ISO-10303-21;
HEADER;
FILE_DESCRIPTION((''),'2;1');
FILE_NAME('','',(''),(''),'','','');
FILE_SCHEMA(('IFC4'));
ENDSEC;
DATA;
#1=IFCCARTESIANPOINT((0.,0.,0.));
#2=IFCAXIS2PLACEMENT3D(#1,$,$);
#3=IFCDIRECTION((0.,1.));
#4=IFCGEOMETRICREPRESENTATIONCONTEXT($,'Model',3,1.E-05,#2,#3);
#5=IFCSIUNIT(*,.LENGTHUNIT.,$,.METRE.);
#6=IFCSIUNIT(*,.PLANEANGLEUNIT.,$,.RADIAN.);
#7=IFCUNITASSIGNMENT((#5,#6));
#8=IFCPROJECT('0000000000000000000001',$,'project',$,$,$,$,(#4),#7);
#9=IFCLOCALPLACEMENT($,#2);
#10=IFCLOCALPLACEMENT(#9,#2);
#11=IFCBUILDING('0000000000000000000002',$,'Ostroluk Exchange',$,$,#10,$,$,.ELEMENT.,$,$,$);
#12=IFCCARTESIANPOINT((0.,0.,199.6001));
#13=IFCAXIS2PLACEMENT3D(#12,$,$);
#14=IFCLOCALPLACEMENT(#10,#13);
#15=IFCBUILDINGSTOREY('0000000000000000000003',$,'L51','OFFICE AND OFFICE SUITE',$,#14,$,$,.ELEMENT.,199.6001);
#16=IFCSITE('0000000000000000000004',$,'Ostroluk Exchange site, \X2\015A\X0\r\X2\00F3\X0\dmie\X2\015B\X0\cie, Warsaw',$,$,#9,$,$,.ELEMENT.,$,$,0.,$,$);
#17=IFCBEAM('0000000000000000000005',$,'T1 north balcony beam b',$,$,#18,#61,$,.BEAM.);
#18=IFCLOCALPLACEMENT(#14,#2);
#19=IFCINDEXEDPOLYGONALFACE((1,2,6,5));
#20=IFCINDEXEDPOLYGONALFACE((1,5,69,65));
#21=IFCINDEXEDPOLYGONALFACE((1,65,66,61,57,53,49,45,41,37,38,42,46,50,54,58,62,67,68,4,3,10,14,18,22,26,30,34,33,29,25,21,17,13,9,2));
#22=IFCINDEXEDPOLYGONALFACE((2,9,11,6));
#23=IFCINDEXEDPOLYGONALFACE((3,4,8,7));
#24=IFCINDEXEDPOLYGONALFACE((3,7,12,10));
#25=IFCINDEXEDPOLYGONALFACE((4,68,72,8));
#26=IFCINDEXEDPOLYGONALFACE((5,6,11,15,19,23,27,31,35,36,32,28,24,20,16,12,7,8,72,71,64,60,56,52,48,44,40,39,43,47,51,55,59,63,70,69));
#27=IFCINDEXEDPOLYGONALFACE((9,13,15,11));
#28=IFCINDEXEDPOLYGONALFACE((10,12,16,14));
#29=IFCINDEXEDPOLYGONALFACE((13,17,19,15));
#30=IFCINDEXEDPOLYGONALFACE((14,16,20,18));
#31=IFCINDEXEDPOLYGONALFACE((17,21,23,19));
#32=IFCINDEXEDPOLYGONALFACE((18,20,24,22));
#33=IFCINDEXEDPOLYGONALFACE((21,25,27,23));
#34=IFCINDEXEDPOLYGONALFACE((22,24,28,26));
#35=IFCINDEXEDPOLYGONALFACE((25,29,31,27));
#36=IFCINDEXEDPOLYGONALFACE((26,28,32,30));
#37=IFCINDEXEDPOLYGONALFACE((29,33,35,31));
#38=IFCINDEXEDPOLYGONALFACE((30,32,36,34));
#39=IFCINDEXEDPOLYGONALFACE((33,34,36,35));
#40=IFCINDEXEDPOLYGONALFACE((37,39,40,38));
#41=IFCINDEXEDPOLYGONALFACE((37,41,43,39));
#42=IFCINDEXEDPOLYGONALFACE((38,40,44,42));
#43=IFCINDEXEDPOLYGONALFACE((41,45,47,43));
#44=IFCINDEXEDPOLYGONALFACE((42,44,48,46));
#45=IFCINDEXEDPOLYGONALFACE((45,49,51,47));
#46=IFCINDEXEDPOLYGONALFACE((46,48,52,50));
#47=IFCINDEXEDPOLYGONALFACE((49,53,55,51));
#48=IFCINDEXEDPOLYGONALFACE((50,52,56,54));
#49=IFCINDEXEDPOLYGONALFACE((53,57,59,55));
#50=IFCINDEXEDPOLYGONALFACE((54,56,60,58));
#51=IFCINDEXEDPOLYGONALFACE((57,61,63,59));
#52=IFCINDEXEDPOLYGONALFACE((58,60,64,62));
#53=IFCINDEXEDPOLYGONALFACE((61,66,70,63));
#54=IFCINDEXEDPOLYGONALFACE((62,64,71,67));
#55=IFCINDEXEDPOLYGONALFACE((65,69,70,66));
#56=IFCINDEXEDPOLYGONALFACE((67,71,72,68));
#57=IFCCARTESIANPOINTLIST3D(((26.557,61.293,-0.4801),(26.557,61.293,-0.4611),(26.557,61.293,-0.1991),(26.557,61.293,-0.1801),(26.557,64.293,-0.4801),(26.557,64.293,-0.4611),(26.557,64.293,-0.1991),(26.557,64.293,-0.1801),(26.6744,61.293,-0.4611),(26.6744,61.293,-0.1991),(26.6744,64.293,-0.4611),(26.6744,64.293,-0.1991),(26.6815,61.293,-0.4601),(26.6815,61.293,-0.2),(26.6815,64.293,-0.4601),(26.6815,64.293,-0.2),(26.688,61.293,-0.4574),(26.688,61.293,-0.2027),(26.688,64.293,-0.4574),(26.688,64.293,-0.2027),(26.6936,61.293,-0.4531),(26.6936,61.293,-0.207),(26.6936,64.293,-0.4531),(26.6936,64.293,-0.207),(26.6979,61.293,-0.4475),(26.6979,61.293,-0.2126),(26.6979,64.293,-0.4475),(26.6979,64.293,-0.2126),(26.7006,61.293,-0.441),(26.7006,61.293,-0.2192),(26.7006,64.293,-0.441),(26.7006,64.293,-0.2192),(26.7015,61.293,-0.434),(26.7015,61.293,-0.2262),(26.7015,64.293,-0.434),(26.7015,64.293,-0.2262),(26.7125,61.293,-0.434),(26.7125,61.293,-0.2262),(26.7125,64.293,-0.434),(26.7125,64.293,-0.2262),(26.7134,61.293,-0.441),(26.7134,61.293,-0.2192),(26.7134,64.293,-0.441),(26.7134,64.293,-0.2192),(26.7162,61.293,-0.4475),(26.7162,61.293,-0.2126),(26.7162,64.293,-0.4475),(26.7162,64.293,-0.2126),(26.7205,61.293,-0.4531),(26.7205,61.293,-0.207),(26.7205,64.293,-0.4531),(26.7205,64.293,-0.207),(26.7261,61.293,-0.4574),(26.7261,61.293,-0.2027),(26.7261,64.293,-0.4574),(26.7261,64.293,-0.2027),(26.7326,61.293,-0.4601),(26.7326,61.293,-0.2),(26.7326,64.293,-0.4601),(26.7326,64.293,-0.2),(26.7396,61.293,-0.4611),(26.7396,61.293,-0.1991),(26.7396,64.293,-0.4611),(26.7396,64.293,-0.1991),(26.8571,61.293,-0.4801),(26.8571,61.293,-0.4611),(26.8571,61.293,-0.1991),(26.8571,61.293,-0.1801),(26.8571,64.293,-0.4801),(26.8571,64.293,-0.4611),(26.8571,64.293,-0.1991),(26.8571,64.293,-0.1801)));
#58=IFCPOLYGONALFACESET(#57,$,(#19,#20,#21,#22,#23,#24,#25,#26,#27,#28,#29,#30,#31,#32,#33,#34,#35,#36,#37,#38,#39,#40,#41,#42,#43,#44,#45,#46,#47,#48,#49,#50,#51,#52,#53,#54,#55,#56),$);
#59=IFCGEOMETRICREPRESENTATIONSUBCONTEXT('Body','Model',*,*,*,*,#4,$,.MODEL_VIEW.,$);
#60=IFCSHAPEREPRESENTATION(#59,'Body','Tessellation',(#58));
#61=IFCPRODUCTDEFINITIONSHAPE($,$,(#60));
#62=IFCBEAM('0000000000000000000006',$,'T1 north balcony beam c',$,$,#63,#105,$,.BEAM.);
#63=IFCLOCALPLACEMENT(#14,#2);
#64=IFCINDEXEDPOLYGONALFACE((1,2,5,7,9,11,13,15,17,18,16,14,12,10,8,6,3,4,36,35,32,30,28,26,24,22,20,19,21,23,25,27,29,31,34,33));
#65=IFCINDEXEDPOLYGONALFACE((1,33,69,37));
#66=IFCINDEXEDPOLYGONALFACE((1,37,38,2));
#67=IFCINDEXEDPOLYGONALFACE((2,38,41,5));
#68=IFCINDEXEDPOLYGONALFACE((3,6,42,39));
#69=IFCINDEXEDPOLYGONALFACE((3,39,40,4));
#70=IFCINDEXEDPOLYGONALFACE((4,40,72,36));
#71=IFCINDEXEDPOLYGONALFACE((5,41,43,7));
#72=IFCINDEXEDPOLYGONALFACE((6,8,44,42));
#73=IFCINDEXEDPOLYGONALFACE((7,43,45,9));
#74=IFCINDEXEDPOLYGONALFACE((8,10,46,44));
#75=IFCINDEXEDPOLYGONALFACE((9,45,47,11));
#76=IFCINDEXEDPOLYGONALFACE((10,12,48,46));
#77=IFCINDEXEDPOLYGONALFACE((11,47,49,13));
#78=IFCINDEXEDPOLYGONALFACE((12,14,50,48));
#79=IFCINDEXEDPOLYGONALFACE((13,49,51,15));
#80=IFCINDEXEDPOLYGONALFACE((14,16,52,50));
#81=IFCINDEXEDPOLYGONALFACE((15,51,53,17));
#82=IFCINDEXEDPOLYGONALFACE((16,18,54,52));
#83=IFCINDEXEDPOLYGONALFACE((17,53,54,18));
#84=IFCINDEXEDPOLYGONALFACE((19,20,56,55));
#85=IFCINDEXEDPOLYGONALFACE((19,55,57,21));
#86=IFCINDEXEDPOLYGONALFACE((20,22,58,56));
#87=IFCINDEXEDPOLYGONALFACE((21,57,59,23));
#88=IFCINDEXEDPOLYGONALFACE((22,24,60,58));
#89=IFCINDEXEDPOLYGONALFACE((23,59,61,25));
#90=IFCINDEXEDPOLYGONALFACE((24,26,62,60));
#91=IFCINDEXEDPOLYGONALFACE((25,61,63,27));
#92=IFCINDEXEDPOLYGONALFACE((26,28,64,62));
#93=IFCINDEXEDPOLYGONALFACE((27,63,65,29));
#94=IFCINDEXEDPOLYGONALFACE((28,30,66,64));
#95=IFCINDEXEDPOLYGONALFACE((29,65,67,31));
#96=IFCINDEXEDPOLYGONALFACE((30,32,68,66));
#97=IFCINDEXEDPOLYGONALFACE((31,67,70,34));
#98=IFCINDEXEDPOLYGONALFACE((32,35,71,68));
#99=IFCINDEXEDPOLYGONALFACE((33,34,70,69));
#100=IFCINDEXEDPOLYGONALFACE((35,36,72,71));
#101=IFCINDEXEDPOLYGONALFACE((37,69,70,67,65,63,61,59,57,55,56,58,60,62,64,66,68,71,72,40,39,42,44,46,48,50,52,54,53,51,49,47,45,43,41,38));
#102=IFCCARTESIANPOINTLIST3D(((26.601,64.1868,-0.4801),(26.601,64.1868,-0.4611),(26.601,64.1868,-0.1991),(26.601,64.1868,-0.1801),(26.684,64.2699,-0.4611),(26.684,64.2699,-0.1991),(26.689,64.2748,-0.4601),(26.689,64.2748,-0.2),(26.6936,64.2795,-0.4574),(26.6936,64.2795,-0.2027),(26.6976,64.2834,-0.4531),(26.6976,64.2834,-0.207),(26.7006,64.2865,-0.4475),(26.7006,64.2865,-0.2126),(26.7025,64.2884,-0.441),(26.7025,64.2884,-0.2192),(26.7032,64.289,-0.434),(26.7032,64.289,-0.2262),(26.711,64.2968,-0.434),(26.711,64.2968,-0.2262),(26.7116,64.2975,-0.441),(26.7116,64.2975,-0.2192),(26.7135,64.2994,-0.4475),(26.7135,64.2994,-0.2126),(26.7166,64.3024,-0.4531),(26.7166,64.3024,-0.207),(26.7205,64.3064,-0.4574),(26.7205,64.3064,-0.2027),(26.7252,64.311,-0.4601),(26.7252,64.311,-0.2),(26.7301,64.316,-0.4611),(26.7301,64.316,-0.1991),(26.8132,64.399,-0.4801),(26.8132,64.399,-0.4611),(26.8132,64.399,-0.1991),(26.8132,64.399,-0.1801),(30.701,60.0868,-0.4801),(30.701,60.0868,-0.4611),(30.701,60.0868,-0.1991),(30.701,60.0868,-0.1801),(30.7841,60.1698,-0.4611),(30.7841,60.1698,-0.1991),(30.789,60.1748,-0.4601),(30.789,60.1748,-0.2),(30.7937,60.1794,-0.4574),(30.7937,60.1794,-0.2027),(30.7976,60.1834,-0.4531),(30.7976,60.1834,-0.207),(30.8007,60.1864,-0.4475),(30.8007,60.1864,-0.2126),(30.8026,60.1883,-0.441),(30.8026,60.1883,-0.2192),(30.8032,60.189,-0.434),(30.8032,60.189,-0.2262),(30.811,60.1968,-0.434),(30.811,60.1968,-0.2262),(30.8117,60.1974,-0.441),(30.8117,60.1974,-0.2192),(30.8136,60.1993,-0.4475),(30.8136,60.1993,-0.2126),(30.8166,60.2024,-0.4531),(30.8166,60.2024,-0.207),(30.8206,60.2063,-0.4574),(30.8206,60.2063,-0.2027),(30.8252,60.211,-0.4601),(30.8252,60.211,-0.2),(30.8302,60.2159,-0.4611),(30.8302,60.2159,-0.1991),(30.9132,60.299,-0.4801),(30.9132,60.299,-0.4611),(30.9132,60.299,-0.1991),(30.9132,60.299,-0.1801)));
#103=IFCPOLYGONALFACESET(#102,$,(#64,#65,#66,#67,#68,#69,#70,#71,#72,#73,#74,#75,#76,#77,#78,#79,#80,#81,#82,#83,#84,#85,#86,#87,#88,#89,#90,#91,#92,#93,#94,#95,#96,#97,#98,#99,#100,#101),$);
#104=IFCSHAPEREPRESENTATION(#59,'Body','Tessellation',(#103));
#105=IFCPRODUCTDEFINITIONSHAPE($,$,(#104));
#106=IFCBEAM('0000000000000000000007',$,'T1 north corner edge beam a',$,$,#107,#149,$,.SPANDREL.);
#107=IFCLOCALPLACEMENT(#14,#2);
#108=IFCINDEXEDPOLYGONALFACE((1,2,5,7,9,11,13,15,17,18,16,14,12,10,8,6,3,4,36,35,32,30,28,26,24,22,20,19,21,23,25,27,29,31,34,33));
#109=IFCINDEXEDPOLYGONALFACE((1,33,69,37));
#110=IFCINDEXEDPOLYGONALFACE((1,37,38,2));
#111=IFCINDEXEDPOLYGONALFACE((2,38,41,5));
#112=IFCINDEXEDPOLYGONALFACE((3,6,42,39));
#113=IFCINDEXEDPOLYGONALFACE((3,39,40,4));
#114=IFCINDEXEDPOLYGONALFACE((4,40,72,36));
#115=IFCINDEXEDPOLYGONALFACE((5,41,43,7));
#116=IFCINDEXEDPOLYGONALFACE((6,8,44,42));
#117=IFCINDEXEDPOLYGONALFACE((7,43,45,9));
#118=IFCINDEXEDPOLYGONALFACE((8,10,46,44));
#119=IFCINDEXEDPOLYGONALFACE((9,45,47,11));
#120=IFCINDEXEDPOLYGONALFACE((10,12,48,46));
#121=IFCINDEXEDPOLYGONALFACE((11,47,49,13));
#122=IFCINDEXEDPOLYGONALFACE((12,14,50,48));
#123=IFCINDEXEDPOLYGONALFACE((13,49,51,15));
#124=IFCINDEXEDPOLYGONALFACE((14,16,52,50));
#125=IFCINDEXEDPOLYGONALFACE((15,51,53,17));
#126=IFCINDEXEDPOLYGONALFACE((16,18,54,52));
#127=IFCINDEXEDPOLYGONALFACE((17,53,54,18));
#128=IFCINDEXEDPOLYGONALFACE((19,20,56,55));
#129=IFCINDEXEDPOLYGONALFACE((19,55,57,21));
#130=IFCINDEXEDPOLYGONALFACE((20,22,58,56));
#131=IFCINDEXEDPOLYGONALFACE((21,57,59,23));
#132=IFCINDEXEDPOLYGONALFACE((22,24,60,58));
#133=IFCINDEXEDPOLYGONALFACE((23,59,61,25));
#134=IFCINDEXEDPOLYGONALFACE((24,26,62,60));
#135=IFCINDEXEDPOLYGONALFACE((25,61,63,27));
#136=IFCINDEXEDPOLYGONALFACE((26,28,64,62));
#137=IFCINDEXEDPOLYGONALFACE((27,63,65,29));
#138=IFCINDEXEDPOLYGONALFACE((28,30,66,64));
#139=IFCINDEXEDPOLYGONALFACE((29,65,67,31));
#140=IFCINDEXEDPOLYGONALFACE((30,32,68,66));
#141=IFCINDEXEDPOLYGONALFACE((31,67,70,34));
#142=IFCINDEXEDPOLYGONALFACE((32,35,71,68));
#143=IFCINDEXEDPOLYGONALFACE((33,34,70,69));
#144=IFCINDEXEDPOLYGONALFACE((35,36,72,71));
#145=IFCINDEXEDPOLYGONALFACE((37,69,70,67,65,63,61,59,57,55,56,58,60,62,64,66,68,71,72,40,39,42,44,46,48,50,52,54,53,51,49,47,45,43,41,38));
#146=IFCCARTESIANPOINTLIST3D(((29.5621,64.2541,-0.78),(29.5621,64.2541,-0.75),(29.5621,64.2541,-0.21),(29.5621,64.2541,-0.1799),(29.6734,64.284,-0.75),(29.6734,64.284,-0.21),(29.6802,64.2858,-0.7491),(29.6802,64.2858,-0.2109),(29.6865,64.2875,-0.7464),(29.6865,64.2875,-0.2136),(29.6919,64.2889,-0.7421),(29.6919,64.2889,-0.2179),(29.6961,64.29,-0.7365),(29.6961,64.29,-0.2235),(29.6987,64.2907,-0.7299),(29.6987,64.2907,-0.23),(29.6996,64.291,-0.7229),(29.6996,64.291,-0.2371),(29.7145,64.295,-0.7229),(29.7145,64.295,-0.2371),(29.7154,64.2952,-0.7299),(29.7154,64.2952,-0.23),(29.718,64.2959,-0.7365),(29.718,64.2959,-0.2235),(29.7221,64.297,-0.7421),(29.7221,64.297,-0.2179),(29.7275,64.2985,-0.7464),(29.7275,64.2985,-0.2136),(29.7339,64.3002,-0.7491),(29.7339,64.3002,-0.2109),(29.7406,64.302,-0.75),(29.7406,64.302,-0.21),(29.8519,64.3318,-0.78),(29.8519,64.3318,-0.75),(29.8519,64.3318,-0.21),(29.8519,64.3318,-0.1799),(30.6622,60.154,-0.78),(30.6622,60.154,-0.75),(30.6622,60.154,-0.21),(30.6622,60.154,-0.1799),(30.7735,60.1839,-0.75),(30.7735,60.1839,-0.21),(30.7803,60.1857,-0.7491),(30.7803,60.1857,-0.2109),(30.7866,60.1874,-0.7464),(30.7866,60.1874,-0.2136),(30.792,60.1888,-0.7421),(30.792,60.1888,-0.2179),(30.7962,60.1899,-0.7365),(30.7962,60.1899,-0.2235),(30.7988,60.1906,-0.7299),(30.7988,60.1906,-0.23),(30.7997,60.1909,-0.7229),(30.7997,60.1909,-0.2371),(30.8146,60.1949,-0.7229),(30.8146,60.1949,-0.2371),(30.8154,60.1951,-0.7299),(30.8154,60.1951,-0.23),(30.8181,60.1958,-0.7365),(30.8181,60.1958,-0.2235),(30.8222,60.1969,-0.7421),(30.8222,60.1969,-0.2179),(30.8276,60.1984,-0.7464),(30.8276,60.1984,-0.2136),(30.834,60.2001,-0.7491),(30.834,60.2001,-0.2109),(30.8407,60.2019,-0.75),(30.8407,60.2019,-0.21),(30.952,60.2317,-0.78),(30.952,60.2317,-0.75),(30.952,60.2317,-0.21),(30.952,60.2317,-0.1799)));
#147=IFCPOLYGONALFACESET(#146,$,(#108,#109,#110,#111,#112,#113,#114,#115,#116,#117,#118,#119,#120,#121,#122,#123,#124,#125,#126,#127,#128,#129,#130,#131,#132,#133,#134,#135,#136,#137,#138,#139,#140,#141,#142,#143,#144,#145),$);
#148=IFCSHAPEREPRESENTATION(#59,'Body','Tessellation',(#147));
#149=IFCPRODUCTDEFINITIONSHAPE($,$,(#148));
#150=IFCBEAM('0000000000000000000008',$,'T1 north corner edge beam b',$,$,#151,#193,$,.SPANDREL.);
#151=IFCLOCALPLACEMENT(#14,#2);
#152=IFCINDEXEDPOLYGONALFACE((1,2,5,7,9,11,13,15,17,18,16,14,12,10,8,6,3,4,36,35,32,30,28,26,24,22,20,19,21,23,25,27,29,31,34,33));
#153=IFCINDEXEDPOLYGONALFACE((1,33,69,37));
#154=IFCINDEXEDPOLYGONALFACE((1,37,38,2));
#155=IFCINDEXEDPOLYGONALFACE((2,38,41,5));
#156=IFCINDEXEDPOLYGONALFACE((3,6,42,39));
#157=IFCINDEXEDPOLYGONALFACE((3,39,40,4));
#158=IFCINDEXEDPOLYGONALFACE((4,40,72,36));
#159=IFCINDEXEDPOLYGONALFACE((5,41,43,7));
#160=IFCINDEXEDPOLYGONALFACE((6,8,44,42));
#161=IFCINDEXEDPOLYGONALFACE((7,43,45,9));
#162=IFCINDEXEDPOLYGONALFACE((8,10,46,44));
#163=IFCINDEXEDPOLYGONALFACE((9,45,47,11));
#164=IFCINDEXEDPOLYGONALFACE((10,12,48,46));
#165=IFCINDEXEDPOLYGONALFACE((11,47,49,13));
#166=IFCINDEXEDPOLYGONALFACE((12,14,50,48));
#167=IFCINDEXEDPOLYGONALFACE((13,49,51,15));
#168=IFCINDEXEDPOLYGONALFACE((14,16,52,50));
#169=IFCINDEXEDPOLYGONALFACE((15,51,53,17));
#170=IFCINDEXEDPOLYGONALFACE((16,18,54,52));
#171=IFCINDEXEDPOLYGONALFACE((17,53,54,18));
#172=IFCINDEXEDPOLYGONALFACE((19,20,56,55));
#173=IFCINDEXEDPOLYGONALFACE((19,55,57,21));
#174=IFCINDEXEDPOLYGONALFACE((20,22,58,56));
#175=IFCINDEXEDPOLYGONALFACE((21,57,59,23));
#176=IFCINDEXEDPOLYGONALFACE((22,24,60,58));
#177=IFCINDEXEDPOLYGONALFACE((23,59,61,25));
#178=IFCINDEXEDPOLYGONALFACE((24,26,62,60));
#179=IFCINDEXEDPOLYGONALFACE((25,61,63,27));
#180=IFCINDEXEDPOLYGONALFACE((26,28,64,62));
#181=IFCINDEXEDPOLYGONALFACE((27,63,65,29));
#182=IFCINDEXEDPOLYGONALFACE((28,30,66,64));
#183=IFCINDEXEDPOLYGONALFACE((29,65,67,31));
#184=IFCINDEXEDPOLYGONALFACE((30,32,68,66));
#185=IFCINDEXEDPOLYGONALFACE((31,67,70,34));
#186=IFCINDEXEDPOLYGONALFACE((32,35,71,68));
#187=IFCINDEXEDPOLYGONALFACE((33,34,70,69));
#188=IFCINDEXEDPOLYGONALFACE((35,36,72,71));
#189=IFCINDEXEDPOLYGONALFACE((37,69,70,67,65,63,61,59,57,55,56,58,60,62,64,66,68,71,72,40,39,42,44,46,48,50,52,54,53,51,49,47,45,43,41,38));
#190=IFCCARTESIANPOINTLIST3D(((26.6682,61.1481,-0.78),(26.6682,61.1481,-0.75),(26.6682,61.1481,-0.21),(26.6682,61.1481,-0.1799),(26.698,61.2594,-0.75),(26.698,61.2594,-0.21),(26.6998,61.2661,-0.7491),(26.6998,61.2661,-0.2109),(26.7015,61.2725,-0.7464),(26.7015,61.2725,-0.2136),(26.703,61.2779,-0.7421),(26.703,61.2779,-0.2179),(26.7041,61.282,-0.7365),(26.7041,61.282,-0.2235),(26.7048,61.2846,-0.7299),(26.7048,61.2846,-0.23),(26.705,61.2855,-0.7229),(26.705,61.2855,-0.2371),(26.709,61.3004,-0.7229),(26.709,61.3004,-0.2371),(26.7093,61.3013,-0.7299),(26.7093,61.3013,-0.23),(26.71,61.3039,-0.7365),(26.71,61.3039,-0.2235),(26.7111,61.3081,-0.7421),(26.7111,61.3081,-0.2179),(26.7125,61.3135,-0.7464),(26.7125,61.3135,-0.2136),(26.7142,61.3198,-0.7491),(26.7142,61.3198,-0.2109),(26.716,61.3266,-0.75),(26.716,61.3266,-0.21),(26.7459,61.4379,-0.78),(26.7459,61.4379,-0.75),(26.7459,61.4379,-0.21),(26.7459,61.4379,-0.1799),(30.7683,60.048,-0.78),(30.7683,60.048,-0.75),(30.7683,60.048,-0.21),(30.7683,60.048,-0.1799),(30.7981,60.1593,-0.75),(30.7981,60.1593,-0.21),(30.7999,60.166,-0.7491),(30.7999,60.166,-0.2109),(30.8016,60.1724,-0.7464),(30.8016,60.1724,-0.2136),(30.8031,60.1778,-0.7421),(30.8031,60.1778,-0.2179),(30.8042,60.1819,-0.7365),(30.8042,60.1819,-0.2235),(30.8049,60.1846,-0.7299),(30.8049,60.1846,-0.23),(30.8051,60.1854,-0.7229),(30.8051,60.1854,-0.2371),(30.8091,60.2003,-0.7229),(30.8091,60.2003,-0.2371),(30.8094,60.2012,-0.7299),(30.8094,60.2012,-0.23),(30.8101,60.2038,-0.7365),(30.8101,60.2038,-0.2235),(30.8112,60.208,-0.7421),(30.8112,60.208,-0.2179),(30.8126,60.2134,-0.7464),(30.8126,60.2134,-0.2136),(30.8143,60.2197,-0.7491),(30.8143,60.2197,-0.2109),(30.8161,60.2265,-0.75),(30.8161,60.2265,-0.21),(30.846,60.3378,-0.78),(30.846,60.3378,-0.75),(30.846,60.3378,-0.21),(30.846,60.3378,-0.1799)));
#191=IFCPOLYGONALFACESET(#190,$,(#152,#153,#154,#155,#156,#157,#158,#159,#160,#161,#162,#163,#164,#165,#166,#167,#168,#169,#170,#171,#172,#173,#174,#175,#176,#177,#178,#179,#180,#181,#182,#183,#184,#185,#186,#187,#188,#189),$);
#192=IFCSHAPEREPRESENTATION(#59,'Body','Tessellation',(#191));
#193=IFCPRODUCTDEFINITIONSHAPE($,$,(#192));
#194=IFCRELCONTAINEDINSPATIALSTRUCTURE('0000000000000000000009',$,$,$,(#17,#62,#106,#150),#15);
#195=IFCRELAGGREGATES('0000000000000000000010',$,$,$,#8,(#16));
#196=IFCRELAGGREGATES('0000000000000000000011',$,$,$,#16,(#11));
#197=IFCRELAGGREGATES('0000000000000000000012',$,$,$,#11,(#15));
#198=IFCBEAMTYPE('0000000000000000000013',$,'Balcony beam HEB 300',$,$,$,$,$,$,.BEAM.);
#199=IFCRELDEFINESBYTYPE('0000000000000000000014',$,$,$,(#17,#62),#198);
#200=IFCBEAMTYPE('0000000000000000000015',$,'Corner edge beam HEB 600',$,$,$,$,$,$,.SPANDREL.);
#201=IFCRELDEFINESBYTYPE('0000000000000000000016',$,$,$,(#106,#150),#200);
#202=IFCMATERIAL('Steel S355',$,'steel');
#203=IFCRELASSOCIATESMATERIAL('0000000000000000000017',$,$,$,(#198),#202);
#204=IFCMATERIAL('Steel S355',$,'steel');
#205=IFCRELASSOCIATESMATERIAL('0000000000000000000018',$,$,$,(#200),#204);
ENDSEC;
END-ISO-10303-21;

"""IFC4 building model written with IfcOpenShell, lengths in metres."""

from ifc_helpers import new_model, si_unit, direction, frame, origin, origin_2d, place, context, subcontext, project, spatial, i_section, extrude, material, material_profile, profile_set, type_object, element, save


model = new_model("IFC4")

# Units and contexts
model_context = context("Model", 3, precision=1e-05, world=origin(), true_north=direction((0.0, 1.0)))
body_context = subcontext(model_context, "Body", "Model", "MODEL_VIEW")
ifc_project = project(units=[si_unit("LENGTHUNIT", "METRE"), si_unit("PLANEANGLEUNIT", "RADIAN")], contexts=[model_context])

# Site, building, storey
site_placement = place(None, origin())
site = spatial("IfcSite", under=ifc_project, at=site_placement, Name="Ostroluk Exchange site, Śródmieście, Warsaw", CompositionType="ELEMENT", RefElevation=0.0)
building_placement = place(site_placement, origin())
building = spatial("IfcBuilding", under=site, at=building_placement, Name="Ostroluk Exchange", CompositionType="ELEMENT")
storey_placement = place(building_placement, frame((0.0, 0.0, 199.6001)))
storey = spatial("IfcBuildingStorey", under=building, at=storey_placement, Name="L51", Description="OFFICE AND OFFICE SUITE", CompositionType="ELEMENT", Elevation=199.6001)

# Beams
ifc_material_1 = material(Name="Steel S355", Category="steel")
ifc_material_profile_1 = material_profile(ifc_material_1, i_section(OverallWidth=0.3, OverallDepth=0.3, WebThickness=0.011, FlangeThickness=0.019, FilletRadius=0.0271, at=origin_2d()), Name="HEB 300")
ifc_profile_set_1 = profile_set([ifc_material_profile_1], Name="Steel S355")
beam_type_1 = type_object("IfcBeamType", Name="Balcony beam HEB 300", PredefinedType="BEAM", material=ifc_profile_set_1)
for number, where, z_axis, x_axis, name in (
    (1, (26.707, 61.293, -0.3301), (0.0, 1.0, 0.0), (-1.0, 0.0, 0.0), "T1 north balcony beam b"),
):
    element("IfcBeam", number, at=place(storey_placement, frame(where, z_axis=z_axis, x_axis=x_axis)), inside=storey, type_object=beam_type_1, Name=name, PredefinedType="BEAM", context=body_context, shape_type="SweptSolid", body=[
        extrude(i_section(OverallWidth=0.3, OverallDepth=0.3, WebThickness=0.011, FlangeThickness=0.019, FilletRadius=0.0271, at=origin_2d()), origin(), (0.0, 0.0, 1.0), 3.0),
    ])
beam_1_placement = place(storey_placement, frame((30.8071, 60.1929, -0.3301), z_axis=(-0.707107, 0.707107, 0.0), x_axis=(-0.707107, -0.707107, 0.0)))
element("IfcBeam", 2, at=beam_1_placement, inside=storey, type_object=beam_type_1, Name="T1 north balcony beam c", PredefinedType="BEAM", context=body_context, shape_type="SweptSolid", body=[
    extrude(i_section(OverallWidth=0.3, OverallDepth=0.3, WebThickness=0.011, FlangeThickness=0.019, FilletRadius=0.0271, at=origin_2d()), origin(), (0.0, 0.0, 1.0), 5.7983),
])
ifc_material_2 = material(Name="Steel S355", Category="steel")
ifc_material_profile_2 = material_profile(ifc_material_2, i_section(OverallWidth=0.3, OverallDepth=0.6001, WebThickness=0.0154, FlangeThickness=0.03, FilletRadius=0.0271, at=origin_2d()), Name="HEB 600")
ifc_profile_set_2 = profile_set([ifc_material_profile_2], Name="Steel S355")
beam_type_2 = type_object("IfcBeamType", Name="Corner edge beam HEB 600", PredefinedType="SPANDREL", material=ifc_profile_set_2)
for number, where, z_axis, x_axis, name in (
    (3, (30.8071, 60.1929, -0.48), (-0.259144, 0.965839, 0.0), (-0.965839, -0.259144, 0.0), "T1 north corner edge beam a"),
    (4, (30.8071, 60.1929, -0.48), (-0.965839, 0.259144, 0.0), (-0.259144, -0.965839, 0.0), "T1 north corner edge beam b"),
):
    element("IfcBeam", number, at=place(storey_placement, frame(where, z_axis=z_axis, x_axis=x_axis)), inside=storey, type_object=beam_type_2, Name=name, PredefinedType="SPANDREL", context=body_context, shape_type="SweptSolid", body=[
        extrude(i_section(OverallWidth=0.3, OverallDepth=0.6001, WebThickness=0.0154, FlangeThickness=0.03, FilletRadius=0.0271, at=origin_2d()), origin(), (0.0, 0.0, 1.0), 4.2451),
    ])

save(model, "model.ifc")
